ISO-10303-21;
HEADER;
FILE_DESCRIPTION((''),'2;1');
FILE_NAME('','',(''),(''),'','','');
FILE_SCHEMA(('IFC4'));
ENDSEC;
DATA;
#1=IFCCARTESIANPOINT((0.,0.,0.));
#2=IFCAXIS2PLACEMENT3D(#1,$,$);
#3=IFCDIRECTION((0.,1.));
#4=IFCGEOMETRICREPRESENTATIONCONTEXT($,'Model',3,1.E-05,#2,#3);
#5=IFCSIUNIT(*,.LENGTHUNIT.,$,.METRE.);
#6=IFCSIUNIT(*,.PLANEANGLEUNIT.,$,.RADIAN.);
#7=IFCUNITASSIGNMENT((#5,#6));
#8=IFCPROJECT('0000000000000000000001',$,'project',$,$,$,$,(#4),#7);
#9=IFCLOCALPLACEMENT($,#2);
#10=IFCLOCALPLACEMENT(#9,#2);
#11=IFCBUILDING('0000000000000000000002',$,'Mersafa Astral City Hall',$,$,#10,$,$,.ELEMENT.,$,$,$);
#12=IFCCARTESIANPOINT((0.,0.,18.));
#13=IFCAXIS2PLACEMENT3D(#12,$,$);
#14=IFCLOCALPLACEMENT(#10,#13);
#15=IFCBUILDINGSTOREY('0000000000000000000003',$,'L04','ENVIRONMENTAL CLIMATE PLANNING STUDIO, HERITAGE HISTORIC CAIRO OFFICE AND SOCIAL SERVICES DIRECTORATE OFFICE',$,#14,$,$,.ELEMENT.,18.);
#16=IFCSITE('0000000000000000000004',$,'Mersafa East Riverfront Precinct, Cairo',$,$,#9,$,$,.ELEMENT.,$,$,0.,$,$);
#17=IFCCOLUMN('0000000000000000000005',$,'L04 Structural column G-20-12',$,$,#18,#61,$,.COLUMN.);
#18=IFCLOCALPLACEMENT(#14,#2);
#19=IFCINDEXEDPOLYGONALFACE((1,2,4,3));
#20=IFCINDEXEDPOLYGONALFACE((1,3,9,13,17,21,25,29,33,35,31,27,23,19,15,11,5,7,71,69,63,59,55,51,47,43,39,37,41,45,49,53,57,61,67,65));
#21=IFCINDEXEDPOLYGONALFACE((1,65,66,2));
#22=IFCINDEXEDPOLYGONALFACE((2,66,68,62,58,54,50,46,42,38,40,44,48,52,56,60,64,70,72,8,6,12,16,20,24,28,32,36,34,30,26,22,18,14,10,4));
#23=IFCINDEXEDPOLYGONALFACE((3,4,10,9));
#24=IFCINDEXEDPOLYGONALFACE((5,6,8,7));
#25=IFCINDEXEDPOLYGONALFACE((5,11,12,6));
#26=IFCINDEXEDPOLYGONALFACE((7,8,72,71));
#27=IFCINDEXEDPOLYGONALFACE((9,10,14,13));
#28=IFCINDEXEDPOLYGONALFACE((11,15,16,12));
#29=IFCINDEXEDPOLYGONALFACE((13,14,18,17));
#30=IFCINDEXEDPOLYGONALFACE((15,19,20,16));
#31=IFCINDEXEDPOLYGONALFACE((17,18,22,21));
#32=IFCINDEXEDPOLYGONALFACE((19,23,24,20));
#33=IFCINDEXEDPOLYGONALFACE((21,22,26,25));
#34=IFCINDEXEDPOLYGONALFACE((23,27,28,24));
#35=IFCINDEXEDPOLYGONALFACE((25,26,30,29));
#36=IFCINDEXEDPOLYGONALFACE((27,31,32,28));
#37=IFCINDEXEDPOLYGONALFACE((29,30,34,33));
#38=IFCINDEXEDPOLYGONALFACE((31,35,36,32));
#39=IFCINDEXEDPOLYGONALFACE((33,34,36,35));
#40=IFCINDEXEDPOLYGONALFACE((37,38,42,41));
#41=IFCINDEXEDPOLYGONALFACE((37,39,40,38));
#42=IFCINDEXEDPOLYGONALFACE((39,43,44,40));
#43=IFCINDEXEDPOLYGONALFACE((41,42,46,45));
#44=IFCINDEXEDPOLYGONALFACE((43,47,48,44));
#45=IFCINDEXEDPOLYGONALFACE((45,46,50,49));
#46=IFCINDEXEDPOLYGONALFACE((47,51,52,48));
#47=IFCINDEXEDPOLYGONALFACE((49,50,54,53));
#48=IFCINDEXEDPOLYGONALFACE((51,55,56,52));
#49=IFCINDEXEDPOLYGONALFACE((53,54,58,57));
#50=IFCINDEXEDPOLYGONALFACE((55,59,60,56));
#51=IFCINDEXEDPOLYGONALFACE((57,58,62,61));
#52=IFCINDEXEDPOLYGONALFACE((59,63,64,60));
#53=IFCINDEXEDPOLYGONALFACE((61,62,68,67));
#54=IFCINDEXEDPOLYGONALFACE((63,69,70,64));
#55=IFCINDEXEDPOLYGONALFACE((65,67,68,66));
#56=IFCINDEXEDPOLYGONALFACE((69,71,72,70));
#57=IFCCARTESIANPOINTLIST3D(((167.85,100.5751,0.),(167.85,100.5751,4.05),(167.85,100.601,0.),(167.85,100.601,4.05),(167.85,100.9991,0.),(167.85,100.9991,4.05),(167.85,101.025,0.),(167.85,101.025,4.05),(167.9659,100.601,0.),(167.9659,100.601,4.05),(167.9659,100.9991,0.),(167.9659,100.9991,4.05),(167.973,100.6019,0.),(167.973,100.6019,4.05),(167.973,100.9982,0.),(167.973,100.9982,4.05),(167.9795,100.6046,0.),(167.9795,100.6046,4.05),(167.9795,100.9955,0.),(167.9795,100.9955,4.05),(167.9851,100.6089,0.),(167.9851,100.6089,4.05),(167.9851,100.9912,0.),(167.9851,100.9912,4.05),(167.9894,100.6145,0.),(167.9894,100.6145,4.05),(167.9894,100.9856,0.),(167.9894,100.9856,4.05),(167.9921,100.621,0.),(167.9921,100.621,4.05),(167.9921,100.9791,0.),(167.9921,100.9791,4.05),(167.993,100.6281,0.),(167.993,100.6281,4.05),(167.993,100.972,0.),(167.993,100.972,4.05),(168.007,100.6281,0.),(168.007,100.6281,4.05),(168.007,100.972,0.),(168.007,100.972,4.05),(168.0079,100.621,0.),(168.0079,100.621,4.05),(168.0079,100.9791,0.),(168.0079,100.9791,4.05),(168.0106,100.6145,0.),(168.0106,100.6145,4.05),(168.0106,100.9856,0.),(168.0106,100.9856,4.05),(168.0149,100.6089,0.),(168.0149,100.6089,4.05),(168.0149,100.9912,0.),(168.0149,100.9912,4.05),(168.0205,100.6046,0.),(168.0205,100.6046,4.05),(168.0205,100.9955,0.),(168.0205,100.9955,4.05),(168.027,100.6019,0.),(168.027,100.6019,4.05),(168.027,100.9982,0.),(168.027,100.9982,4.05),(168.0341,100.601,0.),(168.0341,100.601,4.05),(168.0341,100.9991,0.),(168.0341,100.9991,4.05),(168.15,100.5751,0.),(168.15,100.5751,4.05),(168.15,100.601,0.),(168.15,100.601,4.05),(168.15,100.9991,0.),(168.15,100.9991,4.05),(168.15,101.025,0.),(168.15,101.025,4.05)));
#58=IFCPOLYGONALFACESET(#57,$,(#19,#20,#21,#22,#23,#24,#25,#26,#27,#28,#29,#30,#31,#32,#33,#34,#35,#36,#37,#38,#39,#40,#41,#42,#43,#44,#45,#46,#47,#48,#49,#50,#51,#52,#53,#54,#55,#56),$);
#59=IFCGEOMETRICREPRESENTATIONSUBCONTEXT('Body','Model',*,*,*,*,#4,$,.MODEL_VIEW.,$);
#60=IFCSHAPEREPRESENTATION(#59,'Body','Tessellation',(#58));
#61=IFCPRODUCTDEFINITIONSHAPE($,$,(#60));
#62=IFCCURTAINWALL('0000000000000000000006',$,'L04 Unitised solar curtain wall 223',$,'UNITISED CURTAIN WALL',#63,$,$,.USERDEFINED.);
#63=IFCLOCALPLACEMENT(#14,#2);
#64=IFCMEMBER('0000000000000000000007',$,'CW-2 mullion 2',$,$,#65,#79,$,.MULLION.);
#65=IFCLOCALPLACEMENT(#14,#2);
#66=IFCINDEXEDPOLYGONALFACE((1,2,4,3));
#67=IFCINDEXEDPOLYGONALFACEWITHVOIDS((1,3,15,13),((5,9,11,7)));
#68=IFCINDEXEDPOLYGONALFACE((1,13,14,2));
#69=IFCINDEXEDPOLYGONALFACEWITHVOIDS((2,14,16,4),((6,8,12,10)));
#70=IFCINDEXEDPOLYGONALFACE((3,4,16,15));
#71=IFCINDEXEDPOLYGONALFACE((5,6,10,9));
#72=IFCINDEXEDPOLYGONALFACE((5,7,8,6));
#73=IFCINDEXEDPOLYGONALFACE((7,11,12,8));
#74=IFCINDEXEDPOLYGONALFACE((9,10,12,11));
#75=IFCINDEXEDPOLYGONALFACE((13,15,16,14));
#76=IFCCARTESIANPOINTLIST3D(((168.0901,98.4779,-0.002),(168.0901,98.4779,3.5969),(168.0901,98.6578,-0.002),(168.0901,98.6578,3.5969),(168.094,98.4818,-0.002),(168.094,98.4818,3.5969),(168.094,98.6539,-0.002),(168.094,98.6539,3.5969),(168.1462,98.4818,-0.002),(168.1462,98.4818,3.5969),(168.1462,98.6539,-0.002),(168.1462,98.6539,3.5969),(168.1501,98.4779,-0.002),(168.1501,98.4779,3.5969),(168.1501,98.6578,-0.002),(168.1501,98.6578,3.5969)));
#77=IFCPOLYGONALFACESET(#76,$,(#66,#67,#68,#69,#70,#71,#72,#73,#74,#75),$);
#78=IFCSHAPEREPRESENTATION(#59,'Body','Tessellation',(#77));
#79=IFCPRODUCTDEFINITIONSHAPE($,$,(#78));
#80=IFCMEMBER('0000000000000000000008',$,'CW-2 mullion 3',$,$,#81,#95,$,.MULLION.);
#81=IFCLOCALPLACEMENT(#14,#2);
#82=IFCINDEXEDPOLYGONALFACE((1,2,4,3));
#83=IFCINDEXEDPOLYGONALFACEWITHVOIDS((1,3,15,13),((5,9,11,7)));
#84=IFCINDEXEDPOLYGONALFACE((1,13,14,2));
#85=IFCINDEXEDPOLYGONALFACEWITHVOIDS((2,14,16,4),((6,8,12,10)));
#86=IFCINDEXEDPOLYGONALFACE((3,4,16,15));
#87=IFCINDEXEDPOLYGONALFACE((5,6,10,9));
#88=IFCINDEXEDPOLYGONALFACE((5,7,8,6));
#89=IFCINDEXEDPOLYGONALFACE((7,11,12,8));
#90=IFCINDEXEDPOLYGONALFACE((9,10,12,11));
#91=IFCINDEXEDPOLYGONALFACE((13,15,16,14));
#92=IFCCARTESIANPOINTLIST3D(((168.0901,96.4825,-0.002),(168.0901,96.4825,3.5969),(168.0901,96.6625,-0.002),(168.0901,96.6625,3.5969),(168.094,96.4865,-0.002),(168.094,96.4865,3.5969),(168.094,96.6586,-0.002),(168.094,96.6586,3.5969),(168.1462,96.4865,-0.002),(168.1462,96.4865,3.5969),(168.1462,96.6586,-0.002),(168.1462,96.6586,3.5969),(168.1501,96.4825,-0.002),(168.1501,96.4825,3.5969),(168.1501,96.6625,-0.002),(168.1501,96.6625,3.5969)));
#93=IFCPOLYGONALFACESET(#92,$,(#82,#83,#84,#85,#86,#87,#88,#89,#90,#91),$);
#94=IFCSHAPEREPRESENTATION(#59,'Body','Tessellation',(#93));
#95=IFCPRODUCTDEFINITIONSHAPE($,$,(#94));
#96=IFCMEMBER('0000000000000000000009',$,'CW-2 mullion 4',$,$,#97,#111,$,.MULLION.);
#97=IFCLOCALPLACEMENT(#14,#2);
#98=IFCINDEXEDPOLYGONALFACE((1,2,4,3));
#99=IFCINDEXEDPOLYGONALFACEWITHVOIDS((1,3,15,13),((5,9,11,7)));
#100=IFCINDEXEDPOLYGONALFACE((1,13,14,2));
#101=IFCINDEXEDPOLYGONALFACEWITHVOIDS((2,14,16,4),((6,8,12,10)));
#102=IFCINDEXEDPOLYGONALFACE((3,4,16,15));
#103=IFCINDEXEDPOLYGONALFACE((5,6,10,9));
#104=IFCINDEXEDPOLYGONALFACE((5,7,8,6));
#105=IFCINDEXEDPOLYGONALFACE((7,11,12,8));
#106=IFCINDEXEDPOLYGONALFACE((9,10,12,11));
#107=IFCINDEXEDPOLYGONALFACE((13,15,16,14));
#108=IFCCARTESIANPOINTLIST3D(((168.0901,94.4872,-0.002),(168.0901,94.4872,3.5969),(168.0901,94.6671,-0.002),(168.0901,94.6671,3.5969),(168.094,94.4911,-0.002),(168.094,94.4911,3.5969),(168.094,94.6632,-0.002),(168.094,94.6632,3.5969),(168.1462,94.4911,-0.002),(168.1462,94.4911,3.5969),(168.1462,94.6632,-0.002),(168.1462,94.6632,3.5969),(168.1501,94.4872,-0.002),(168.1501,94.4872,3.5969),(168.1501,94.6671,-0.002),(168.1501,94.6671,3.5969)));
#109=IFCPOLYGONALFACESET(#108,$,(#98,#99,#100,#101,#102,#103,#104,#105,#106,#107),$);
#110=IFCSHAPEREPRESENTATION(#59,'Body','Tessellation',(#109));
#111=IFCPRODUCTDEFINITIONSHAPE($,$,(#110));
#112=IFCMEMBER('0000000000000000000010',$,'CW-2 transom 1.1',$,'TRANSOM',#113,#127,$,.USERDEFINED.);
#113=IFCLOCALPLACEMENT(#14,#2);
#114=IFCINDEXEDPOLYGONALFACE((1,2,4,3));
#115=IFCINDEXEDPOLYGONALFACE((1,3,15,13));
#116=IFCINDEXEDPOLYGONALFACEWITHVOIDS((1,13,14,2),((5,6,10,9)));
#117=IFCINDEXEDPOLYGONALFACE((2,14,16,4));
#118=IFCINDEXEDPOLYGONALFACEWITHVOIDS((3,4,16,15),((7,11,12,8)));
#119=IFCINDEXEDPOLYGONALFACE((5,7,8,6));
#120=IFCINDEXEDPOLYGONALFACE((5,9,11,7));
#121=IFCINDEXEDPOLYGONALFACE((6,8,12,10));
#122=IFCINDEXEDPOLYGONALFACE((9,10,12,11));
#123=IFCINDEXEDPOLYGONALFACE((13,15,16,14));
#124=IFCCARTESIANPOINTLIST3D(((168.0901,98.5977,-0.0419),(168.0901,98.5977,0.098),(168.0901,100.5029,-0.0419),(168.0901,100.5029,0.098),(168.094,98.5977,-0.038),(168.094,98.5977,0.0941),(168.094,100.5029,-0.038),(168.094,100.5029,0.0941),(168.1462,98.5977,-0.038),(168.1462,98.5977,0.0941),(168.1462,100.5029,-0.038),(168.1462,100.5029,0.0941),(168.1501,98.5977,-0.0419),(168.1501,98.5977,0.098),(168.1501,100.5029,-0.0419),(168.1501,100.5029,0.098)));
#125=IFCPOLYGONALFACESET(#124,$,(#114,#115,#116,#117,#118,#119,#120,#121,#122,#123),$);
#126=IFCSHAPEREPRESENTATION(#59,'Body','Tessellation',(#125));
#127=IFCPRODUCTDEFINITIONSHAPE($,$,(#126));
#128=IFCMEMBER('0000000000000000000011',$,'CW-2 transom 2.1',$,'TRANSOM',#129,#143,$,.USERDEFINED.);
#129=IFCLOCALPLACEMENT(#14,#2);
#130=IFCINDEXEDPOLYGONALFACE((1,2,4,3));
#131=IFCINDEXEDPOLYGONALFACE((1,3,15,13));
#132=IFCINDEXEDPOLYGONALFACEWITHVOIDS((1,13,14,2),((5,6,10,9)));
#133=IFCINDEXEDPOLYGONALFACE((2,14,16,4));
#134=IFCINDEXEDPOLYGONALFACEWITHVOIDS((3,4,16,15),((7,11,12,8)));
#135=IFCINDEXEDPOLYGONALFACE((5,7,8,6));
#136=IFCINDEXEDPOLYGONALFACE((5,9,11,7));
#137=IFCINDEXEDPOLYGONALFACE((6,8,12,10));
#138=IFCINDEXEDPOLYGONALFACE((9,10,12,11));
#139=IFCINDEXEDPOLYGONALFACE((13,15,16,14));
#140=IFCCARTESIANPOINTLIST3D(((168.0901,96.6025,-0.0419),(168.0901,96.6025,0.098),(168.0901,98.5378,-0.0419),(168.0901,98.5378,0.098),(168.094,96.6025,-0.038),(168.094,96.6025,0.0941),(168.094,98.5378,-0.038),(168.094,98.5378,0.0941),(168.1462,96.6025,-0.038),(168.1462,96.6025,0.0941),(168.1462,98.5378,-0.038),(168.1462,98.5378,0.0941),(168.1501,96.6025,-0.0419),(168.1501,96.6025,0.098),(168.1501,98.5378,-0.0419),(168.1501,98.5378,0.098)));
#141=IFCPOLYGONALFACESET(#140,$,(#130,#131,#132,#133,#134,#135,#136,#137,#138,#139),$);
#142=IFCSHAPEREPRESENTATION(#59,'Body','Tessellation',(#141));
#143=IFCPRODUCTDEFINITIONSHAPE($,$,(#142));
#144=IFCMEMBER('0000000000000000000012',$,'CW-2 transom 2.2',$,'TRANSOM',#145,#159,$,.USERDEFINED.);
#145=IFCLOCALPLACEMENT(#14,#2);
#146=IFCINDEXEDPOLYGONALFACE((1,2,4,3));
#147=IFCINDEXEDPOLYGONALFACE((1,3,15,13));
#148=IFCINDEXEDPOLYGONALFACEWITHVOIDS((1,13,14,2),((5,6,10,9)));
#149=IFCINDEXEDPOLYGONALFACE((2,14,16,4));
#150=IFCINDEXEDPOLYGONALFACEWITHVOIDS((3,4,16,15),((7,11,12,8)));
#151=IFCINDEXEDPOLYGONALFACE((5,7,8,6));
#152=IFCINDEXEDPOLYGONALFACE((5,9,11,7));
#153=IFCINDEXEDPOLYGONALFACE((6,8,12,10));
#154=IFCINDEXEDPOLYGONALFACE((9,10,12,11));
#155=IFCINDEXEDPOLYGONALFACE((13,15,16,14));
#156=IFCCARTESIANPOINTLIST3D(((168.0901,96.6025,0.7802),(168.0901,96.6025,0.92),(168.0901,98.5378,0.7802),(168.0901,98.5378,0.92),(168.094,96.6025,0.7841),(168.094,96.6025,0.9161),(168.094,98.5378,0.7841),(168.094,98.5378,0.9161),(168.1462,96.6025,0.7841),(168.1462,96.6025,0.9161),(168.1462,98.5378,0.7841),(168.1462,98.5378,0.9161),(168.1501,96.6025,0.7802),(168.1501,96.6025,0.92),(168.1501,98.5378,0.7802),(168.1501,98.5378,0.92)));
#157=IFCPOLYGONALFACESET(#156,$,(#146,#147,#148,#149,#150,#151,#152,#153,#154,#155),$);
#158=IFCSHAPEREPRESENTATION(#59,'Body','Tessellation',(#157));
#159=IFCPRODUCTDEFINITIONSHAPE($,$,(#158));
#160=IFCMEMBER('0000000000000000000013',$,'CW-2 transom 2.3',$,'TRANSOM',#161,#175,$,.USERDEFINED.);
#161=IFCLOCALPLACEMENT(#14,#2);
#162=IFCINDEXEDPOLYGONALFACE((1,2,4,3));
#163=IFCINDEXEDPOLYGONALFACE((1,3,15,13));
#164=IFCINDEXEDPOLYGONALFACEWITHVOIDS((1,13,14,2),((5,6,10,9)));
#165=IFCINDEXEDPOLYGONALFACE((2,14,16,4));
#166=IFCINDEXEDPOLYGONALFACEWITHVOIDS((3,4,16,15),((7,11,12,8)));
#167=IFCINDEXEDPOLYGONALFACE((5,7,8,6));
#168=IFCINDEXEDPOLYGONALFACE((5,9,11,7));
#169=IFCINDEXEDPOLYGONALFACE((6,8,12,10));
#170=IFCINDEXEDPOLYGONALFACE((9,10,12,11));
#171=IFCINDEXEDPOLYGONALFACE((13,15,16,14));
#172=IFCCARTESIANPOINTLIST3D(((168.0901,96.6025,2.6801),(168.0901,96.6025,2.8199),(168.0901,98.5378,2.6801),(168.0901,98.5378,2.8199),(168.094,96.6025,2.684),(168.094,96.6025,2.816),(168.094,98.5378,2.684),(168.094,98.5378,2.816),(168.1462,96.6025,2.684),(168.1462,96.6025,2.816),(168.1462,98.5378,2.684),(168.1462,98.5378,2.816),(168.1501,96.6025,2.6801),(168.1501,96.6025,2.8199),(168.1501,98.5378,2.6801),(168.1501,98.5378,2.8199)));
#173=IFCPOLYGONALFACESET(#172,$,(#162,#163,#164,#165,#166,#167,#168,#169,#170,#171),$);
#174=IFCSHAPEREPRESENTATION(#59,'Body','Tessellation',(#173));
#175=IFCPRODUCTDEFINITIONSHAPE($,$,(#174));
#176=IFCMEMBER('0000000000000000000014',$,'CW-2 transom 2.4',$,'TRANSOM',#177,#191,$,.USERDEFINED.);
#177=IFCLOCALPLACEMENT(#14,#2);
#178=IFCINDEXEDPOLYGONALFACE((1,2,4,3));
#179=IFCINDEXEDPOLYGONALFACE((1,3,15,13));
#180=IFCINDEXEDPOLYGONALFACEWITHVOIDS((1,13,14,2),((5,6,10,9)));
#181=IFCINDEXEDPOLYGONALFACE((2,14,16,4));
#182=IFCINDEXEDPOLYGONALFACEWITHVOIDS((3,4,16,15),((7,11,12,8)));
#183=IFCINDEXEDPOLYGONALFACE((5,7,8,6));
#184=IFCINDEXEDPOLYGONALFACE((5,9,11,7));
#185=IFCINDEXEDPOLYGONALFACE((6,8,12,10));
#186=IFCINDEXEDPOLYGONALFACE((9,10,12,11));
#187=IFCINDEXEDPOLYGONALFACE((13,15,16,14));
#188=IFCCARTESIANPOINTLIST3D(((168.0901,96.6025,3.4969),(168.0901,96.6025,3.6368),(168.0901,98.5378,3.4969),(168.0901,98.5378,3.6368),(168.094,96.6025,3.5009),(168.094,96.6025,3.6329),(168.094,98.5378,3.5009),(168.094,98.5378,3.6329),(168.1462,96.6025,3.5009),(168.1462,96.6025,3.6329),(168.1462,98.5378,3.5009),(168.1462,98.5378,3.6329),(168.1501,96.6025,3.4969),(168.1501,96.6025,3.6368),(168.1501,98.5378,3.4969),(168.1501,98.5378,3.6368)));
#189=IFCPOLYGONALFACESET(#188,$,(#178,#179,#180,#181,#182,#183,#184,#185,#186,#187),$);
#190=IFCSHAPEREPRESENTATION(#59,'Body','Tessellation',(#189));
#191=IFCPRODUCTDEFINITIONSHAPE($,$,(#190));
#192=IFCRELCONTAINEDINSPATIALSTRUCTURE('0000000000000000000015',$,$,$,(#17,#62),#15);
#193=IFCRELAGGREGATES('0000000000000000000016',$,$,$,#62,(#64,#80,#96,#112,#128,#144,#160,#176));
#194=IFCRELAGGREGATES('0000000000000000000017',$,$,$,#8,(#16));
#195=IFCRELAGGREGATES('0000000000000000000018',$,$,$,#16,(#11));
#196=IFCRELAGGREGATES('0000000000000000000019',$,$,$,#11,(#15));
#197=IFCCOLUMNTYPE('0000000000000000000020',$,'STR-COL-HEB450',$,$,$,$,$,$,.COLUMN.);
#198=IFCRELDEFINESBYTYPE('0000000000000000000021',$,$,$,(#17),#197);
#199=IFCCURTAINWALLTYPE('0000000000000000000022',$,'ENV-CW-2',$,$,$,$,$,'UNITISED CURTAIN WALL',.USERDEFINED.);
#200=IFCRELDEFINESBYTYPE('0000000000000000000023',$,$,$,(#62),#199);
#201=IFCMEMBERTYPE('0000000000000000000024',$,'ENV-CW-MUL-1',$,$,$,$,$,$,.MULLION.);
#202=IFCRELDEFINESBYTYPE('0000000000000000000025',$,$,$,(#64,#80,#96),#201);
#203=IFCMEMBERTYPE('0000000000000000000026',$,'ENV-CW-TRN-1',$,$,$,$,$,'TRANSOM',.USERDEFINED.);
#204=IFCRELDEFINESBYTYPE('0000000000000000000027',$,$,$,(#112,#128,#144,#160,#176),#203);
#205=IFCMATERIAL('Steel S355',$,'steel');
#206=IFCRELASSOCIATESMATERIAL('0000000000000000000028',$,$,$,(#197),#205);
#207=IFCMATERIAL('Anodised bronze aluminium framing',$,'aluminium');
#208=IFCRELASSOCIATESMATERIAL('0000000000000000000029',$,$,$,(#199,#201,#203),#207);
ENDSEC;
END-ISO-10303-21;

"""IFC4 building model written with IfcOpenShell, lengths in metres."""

from ifc_helpers import new_model, si_unit, direction, frame, origin, origin_2d, place, context, subcontext, project, spatial, hollow_rectangle, i_section, extrude, material, material_profile, profile_set, type_object, element, aggregate, save


model = new_model("IFC4")

# Units and contexts
model_context = context("Model", 3, precision=1e-05, world=origin(), true_north=direction((0.0, 1.0)))
body_context = subcontext(model_context, "Body", "Model", "MODEL_VIEW")
ifc_project = project(units=[si_unit("LENGTHUNIT", "METRE"), si_unit("PLANEANGLEUNIT", "RADIAN")], contexts=[model_context])

# Site, building, storey
site_placement = place(None, origin())
site = spatial("IfcSite", under=ifc_project, at=site_placement, Name="Mersafa East Riverfront Precinct, Cairo", CompositionType="ELEMENT", RefElevation=0.0)
building_placement = place(site_placement, origin())
building = spatial("IfcBuilding", under=site, at=building_placement, Name="Mersafa Astral City Hall", CompositionType="ELEMENT")
storey_placement = place(building_placement, frame((0.0, 0.0, 18.0)))
storey = spatial("IfcBuildingStorey", under=building, at=storey_placement, Name="L04", Description="ENVIRONMENTAL CLIMATE PLANNING STUDIO, HERITAGE HISTORIC CAIRO OFFICE AND SOCIAL SERVICES DIRECTORATE OFFICE", CompositionType="ELEMENT", Elevation=18.0)

# Column
ifc_material_1 = material(Name="Steel S355", Category="steel")
ifc_material_profile_1 = material_profile(ifc_material_1, i_section(OverallWidth=0.3, OverallDepth=0.45, WebThickness=0.0139, FlangeThickness=0.0259, FilletRadius=0.0271, at=origin_2d()), Name="HEB 450")
ifc_profile_set_1 = profile_set([ifc_material_profile_1], Name="Steel S355")
column_type = type_object("IfcColumnType", Name="STR-COL-HEB450", PredefinedType="COLUMN", material=ifc_profile_set_1)
column_placement = place(storey_placement, frame((168.0, 100.8, 0.0), z_axis=(0.0, 0.0, 1.0), x_axis=(1.0, 0.0, 0.0)))
element("IfcColumn", 1, at=column_placement, inside=storey, type_object=column_type, Name="L04 Structural column G-20-12", PredefinedType="COLUMN", context=body_context, shape_type="SweptSolid", body=[
    extrude(i_section(OverallWidth=0.3, OverallDepth=0.45, WebThickness=0.0139, FlangeThickness=0.0259, FilletRadius=0.0271, at=origin_2d()), origin(), (0.0, 0.0, 1.0), 4.05),
])

# Curtain wall, members
ifc_material_2 = material(Name="Anodised bronze aluminium framing", Category="aluminium")
curtain_wall_type = type_object("IfcCurtainWallType", Name="ENV-CW-2", ElementType="UNITISED CURTAIN WALL", PredefinedType="USERDEFINED", material=ifc_material_2)
curtain_wall_placement = place(storey_placement, origin())
curtain_wall = element("IfcCurtainWall", 2, at=curtain_wall_placement, inside=storey, type_object=curtain_wall_type, Name="L04 Unitised solar curtain wall 223", ObjectType="UNITISED CURTAIN WALL", PredefinedType="USERDEFINED")
ifc_material_profile_2 = material_profile(ifc_material_2, hollow_rectangle(XDim=0.0601, YDim=0.1799, WallThickness=0.0039, at=origin_2d()), Name="RHS 60x180x4")
ifc_profile_set_2 = profile_set([ifc_material_profile_2], Name="Anodised bronze aluminium framing")
member_type_1 = type_object("IfcMemberType", Name="ENV-CW-MUL-1", PredefinedType="MULLION", material=ifc_profile_set_2)
member_1_placement = place(storey_placement, frame((168.1201, 98.5679, -0.002), z_axis=(0.0, 0.0, 1.0), x_axis=(1.0, 0.0, 0.0)))
member_1 = element("IfcMember", 3, at=member_1_placement, type_object=member_type_1, Name="CW-2 mullion 2", PredefinedType="MULLION", context=body_context, shape_type="SweptSolid", body=[
    extrude(hollow_rectangle(XDim=0.0601, YDim=0.1799, WallThickness=0.0039, at=origin_2d()), origin(), (0.0, 0.0, 1.0), 3.5989),
])
member_2_placement = place(storey_placement, frame((168.1201, 96.5725, -0.002), z_axis=(0.0, 0.0, 1.0), x_axis=(1.0, 0.0, 0.0)))
member_2 = element("IfcMember", 4, at=member_2_placement, type_object=member_type_1, Name="CW-2 mullion 3", PredefinedType="MULLION", context=body_context, shape_type="SweptSolid", body=[
    extrude(hollow_rectangle(XDim=0.0601, YDim=0.1799, WallThickness=0.0039, at=origin_2d()), origin(), (0.0, 0.0, 1.0), 3.5989),
])
member_3_placement = place(storey_placement, frame((168.1201, 94.5771, -0.002), z_axis=(0.0, 0.0, 1.0), x_axis=(1.0, 0.0, 0.0)))
member_3 = element("IfcMember", 5, at=member_3_placement, type_object=member_type_1, Name="CW-2 mullion 4", PredefinedType="MULLION", context=body_context, shape_type="SweptSolid", body=[
    extrude(hollow_rectangle(XDim=0.0601, YDim=0.1799, WallThickness=0.0039, at=origin_2d()), origin(), (0.0, 0.0, 1.0), 3.5989),
])
ifc_material_profile_3 = material_profile(ifc_material_2, hollow_rectangle(XDim=0.0601, YDim=0.1399, WallThickness=0.0039, at=origin_2d()), Name="RHS 60x140x4")
ifc_profile_set_3 = profile_set([ifc_material_profile_3], Name="Anodised bronze aluminium framing")
member_type_2 = type_object("IfcMemberType", Name="ENV-CW-TRN-1", ElementType="TRANSOM", PredefinedType="USERDEFINED", material=ifc_profile_set_3)
member_4_placement = place(storey_placement, frame((168.1201, 100.5029, 0.0281), z_axis=(0.0, -1.0, 0.0), x_axis=(1.0, 0.0, 0.0)))
member_4 = element("IfcMember", 6, at=member_4_placement, type_object=member_type_2, Name="CW-2 transom 1.1", ObjectType="TRANSOM", PredefinedType="USERDEFINED", context=body_context, shape_type="SweptSolid", body=[
    extrude(hollow_rectangle(XDim=0.0601, YDim=0.1399, WallThickness=0.0039, at=origin_2d()), origin(), (0.0, 0.0, 1.0), 1.9053),
])
member_5_placement = place(storey_placement, frame((168.1201, 98.5378, 0.0281), z_axis=(0.0, -1.0, 0.0), x_axis=(1.0, 0.0, 0.0)))
member_5 = element("IfcMember", 7, at=member_5_placement, type_object=member_type_2, Name="CW-2 transom 2.1", ObjectType="TRANSOM", PredefinedType="USERDEFINED", context=body_context, shape_type="SweptSolid", body=[
    extrude(hollow_rectangle(XDim=0.0601, YDim=0.1399, WallThickness=0.0039, at=origin_2d()), origin(), (0.0, 0.0, 1.0), 1.9353),
])
member_6_placement = place(storey_placement, frame((168.1201, 98.5378, 0.8501), z_axis=(0.0, -1.0, 0.0), x_axis=(1.0, 0.0, 0.0)))
member_6 = element("IfcMember", 8, at=member_6_placement, type_object=member_type_2, Name="CW-2 transom 2.2", ObjectType="TRANSOM", PredefinedType="USERDEFINED", context=body_context, shape_type="SweptSolid", body=[
    extrude(hollow_rectangle(XDim=0.0601, YDim=0.1399, WallThickness=0.0039, at=origin_2d()), origin(), (0.0, 0.0, 1.0), 1.9353),
])
member_7_placement = place(storey_placement, frame((168.1201, 98.5378, 2.75), z_axis=(0.0, -1.0, 0.0), x_axis=(1.0, 0.0, 0.0)))
member_7 = element("IfcMember", 9, at=member_7_placement, type_object=member_type_2, Name="CW-2 transom 2.3", ObjectType="TRANSOM", PredefinedType="USERDEFINED", context=body_context, shape_type="SweptSolid", body=[
    extrude(hollow_rectangle(XDim=0.0601, YDim=0.1399, WallThickness=0.0039, at=origin_2d()), origin(), (0.0, 0.0, 1.0), 1.9353),
])
member_8_placement = place(storey_placement, frame((168.1201, 98.5378, 3.5669), z_axis=(0.0, -1.0, 0.0), x_axis=(1.0, 0.0, 0.0)))
member_8 = element("IfcMember", 10, at=member_8_placement, type_object=member_type_2, Name="CW-2 transom 2.4", ObjectType="TRANSOM", PredefinedType="USERDEFINED", context=body_context, shape_type="SweptSolid", body=[
    extrude(hollow_rectangle(XDim=0.0601, YDim=0.1399, WallThickness=0.0039, at=origin_2d()), origin(), (0.0, 0.0, 1.0), 1.9353),
])

aggregate(curtain_wall, [member_1, member_2, member_3, member_4, member_5, member_6, member_7, member_8])

save(model, "model.ifc")
